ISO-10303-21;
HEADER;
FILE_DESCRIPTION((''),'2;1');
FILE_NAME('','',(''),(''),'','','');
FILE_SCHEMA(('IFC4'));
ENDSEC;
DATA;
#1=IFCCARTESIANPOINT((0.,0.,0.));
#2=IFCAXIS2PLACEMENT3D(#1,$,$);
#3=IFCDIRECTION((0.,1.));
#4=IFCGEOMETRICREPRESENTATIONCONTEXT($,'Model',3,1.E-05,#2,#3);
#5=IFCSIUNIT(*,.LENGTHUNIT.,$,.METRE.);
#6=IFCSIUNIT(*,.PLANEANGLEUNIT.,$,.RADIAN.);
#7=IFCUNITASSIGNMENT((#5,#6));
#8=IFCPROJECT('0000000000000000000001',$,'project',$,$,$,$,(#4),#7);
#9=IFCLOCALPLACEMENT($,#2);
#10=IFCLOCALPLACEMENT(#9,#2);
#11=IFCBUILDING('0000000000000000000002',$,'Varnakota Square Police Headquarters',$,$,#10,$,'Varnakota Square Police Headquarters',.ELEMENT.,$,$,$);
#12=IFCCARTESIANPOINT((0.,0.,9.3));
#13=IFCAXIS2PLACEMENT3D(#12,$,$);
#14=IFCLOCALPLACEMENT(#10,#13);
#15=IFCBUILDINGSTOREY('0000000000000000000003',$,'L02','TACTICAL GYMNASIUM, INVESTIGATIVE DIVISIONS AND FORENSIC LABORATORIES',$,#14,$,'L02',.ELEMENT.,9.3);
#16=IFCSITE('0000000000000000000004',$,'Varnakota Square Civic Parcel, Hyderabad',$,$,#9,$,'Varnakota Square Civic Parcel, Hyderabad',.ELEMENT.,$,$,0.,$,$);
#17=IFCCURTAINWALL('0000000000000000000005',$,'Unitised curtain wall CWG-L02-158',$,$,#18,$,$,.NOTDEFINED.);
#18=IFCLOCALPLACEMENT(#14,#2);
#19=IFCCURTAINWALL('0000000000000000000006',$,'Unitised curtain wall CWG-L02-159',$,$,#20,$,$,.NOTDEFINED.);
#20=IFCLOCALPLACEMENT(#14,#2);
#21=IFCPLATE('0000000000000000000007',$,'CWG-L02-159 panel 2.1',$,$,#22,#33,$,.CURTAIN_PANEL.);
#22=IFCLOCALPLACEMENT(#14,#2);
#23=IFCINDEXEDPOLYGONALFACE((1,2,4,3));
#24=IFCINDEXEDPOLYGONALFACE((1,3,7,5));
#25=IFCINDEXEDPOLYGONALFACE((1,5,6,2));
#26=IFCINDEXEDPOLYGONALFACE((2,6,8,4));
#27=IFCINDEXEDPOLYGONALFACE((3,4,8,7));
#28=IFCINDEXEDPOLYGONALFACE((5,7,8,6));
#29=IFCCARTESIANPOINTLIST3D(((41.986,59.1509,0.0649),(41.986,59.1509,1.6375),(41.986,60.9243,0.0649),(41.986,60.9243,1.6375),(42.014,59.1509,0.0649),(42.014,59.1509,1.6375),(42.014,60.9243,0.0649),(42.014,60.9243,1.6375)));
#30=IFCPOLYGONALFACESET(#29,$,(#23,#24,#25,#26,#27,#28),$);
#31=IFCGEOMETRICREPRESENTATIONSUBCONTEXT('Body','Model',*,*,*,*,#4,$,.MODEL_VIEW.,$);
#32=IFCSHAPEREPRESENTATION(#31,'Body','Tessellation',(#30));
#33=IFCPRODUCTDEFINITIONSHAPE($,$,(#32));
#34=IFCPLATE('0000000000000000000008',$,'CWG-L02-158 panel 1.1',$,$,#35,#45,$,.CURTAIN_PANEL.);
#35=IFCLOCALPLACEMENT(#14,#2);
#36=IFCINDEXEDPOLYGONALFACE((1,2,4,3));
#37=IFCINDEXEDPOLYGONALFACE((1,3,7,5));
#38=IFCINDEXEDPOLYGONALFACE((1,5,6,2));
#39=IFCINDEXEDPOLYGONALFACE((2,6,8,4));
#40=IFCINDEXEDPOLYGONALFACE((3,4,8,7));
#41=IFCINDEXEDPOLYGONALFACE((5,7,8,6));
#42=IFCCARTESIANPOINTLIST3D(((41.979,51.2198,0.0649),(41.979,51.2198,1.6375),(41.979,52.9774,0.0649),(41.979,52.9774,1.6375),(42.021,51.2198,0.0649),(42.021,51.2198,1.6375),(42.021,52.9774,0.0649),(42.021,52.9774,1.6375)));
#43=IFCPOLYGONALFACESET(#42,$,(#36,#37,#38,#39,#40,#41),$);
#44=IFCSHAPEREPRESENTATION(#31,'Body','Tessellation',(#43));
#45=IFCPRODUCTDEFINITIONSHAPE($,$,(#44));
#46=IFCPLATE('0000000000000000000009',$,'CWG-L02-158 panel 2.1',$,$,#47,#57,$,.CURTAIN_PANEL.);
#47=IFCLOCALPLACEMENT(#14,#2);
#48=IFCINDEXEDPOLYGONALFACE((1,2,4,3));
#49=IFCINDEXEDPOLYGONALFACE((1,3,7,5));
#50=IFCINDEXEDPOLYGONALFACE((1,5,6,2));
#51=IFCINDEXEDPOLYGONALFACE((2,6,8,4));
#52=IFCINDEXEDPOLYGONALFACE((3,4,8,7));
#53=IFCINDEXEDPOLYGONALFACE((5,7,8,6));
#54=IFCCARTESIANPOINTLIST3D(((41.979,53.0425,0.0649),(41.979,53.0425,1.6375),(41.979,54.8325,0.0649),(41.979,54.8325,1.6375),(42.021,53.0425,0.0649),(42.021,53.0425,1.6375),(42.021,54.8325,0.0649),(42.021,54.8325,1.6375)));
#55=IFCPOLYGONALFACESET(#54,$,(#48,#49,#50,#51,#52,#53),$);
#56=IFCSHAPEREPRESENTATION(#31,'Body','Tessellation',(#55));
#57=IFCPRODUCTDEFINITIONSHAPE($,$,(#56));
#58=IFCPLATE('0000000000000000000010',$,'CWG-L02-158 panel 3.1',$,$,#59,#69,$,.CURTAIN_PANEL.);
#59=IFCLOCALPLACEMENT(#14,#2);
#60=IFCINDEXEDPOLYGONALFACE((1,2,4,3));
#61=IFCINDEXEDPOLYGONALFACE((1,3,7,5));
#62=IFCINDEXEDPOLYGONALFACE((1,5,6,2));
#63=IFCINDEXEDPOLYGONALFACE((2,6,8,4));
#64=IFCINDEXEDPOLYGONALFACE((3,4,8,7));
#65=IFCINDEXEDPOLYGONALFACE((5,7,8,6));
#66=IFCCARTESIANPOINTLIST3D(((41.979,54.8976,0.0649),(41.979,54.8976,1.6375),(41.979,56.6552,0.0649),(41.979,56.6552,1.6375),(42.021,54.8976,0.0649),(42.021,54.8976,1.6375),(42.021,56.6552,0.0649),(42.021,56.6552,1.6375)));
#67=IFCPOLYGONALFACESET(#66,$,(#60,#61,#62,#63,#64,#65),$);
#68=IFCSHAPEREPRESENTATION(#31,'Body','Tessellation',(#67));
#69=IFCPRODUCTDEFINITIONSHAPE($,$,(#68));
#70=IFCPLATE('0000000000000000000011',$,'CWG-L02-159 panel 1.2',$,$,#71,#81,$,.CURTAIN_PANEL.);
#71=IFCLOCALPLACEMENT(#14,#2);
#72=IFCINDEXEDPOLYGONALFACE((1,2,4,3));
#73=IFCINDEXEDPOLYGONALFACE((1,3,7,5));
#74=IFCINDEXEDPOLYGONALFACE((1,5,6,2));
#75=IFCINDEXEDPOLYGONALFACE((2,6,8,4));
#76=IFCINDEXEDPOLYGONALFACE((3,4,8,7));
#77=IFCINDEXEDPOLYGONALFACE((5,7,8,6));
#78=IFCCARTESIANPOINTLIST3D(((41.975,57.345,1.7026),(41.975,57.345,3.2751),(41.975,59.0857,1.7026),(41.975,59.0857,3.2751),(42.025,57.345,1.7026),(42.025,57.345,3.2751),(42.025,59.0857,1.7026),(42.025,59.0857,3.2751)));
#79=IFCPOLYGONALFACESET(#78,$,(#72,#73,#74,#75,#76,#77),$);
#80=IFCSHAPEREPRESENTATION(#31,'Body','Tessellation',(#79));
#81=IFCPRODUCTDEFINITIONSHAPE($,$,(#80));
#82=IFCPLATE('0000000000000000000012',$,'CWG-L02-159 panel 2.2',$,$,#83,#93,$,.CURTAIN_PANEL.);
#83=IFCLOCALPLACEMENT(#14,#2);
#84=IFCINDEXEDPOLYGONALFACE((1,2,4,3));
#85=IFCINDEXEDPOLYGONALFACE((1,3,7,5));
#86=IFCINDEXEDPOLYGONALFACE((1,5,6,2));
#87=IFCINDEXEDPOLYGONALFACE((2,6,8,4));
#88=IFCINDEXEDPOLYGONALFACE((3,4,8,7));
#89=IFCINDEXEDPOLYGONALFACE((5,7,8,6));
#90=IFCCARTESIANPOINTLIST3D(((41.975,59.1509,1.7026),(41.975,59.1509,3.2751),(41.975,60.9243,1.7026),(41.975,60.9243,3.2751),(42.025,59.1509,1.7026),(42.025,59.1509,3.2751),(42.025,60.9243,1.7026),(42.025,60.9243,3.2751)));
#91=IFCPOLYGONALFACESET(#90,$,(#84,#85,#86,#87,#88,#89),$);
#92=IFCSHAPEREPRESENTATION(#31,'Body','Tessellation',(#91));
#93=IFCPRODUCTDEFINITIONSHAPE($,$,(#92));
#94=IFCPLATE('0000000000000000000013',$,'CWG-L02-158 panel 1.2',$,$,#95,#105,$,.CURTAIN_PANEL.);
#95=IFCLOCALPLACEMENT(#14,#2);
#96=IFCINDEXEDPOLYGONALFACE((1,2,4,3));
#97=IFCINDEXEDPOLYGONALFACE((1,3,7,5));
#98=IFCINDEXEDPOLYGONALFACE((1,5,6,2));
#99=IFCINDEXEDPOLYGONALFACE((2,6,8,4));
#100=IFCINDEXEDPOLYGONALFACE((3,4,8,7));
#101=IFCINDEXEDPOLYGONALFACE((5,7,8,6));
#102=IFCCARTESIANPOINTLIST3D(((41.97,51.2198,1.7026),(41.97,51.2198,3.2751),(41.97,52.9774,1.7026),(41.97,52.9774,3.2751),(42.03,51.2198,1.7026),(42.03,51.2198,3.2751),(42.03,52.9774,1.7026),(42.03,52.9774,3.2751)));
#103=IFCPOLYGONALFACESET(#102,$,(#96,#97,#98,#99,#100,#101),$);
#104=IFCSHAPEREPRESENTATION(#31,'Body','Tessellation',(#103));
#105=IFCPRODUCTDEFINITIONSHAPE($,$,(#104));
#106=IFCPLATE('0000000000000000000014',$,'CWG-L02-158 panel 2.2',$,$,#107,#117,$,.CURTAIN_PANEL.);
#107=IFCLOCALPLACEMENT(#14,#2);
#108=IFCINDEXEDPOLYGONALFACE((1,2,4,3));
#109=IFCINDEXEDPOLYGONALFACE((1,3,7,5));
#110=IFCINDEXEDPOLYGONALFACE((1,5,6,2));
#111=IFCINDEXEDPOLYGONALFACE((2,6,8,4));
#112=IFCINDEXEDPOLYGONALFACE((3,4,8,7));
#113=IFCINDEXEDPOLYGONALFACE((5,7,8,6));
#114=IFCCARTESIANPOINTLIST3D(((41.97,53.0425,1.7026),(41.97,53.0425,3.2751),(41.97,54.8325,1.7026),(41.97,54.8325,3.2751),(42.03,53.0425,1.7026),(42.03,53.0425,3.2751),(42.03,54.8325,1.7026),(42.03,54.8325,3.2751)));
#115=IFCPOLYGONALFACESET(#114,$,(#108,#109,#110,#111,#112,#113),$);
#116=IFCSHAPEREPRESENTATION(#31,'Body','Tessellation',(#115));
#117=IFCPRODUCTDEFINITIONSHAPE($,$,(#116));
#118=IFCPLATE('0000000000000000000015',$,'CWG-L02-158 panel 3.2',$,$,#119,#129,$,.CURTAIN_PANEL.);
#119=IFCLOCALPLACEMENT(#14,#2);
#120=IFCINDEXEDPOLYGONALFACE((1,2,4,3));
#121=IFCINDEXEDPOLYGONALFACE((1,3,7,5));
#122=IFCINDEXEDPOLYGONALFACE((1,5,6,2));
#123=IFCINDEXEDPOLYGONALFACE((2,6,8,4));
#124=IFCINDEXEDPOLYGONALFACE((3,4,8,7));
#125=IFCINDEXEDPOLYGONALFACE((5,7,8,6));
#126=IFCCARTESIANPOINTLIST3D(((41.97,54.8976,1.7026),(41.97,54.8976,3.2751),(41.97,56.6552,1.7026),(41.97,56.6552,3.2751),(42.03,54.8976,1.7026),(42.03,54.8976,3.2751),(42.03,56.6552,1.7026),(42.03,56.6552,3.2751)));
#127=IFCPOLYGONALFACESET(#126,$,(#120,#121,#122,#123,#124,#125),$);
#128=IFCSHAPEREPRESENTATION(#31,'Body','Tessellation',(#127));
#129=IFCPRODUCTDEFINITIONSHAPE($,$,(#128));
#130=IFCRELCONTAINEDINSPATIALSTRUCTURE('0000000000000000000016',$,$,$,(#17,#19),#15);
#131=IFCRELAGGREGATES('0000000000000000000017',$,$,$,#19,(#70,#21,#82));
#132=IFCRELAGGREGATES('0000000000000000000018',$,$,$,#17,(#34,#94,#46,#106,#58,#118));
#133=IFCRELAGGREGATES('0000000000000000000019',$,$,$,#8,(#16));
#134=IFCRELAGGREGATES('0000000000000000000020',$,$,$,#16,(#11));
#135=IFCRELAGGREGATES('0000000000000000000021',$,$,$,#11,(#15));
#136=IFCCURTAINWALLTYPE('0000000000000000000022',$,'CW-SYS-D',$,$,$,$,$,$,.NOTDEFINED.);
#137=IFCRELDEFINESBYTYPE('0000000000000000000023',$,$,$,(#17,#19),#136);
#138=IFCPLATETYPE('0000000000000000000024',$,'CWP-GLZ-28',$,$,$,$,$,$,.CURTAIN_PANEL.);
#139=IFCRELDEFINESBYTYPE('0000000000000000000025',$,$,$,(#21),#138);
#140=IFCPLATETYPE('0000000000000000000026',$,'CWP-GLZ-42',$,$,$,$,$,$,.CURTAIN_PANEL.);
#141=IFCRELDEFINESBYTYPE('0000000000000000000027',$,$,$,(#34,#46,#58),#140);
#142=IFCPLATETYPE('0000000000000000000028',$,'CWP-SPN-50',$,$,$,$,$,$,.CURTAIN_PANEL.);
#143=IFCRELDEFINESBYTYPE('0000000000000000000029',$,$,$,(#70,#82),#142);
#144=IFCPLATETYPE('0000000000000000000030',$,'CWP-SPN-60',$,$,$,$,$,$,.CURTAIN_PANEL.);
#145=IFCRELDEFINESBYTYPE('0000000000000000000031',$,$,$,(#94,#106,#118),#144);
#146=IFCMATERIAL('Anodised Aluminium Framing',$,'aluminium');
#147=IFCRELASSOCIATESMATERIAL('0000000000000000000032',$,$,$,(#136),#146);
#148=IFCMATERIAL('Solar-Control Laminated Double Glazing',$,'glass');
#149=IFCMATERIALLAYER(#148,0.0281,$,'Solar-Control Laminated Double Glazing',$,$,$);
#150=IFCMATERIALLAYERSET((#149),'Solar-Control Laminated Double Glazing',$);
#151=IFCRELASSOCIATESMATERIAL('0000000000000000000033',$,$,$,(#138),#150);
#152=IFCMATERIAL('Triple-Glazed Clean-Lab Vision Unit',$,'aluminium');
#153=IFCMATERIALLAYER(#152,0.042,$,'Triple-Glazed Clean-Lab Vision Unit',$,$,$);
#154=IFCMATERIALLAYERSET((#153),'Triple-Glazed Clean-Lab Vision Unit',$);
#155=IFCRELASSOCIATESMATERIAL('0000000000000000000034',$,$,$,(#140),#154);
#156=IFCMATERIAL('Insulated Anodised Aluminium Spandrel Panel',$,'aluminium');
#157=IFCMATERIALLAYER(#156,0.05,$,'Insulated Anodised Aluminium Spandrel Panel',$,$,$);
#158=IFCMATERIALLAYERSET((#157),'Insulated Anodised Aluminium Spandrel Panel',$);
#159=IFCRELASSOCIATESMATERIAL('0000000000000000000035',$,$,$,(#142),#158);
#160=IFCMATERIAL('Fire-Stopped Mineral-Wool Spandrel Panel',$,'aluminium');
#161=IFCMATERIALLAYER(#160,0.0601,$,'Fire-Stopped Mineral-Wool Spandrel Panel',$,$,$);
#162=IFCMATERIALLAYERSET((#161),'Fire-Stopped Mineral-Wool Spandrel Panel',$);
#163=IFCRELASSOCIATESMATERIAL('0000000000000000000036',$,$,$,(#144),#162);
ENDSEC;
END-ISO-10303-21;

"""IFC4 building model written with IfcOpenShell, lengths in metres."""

from ifc_helpers import new_model, si_unit, direction, frame, origin, origin_2d, place, context, subcontext, project, spatial, rectangle, extrude, material, layer, layer_set, type_object, element, aggregate, save


model = new_model("IFC4")

# Units and contexts
model_context = context("Model", 3, precision=1e-05, world=origin(), true_north=direction((0.0, 1.0)))
body_context = subcontext(model_context, "Body", "Model", "MODEL_VIEW")
ifc_project = project(units=[si_unit("LENGTHUNIT", "METRE"), si_unit("PLANEANGLEUNIT", "RADIAN")], contexts=[model_context])

# Site, building, storey
site_placement = place(None, origin())
site = spatial("IfcSite", under=ifc_project, at=site_placement, Name="Varnakota Square Civic Parcel, Hyderabad", LongName="Varnakota Square Civic Parcel, Hyderabad", CompositionType="ELEMENT", RefElevation=0.0)
building_placement = place(site_placement, origin())
building = spatial("IfcBuilding", under=site, at=building_placement, Name="Varnakota Square Police Headquarters", LongName="Varnakota Square Police Headquarters", CompositionType="ELEMENT")
storey_placement = place(building_placement, frame((0.0, 0.0, 9.3)))
storey = spatial("IfcBuildingStorey", under=building, at=storey_placement, Name="L02", Description="TACTICAL GYMNASIUM, INVESTIGATIVE DIVISIONS AND FORENSIC LABORATORIES", LongName="L02", CompositionType="ELEMENT", Elevation=9.3)

# Curtain walls
ifc_material_1 = material(Name="Anodised Aluminium Framing", Category="aluminium")
curtain_wall_type = type_object("IfcCurtainWallType", Name="CW-SYS-D", PredefinedType="NOTDEFINED", material=ifc_material_1)
curtain_wall_1_placement = place(storey_placement, origin())
curtain_wall_1 = element("IfcCurtainWall", 1, at=curtain_wall_1_placement, inside=storey, type_object=curtain_wall_type, Name="Unitised curtain wall CWG-L02-158", PredefinedType="NOTDEFINED")
curtain_wall_2_placement = place(storey_placement, origin())
curtain_wall_2 = element("IfcCurtainWall", 2, at=curtain_wall_2_placement, inside=storey, type_object=curtain_wall_type, Name="Unitised curtain wall CWG-L02-159", PredefinedType="NOTDEFINED")

# Plates
ifc_material_2 = material(Name="Solar-Control Laminated Double Glazing", Category="glass")
ifc_layer_1 = layer(ifc_material_2, 0.0281, Name="Solar-Control Laminated Double Glazing")
ifc_layer_set_1 = layer_set([ifc_layer_1], Name="Solar-Control Laminated Double Glazing")
plate_type_1 = type_object("IfcPlateType", Name="CWP-GLZ-28", PredefinedType="CURTAIN_PANEL", material=ifc_layer_set_1)
plate_1_placement = place(storey_placement, frame((42.0, 60.0376, 0.0649), z_axis=(0.0, 0.0, 1.0), x_axis=(0.0, 1.0, 0.0)))
plate_1 = element("IfcPlate", 3, at=plate_1_placement, type_object=plate_type_1, Name="CWG-L02-159 panel 2.1", PredefinedType="CURTAIN_PANEL", context=body_context, shape_type="SweptSolid", body=[
    extrude(rectangle(XDim=1.7734, YDim=0.0281, at=origin_2d()), origin(), (0.0, 0.0, 1.0), 1.5725),
])
ifc_material_3 = material(Name="Triple-Glazed Clean-Lab Vision Unit", Category="aluminium")
ifc_layer_2 = layer(ifc_material_3, 0.042, Name="Triple-Glazed Clean-Lab Vision Unit")
ifc_layer_set_2 = layer_set([ifc_layer_2], Name="Triple-Glazed Clean-Lab Vision Unit")
plate_type_2 = type_object("IfcPlateType", Name="CWP-GLZ-42", PredefinedType="CURTAIN_PANEL", material=ifc_layer_set_2)
plate_2_placement = place(storey_placement, frame((42.0, 52.0986, 0.0649), z_axis=(0.0, 0.0, 1.0), x_axis=(0.0, 1.0, 0.0)))
plate_2 = element("IfcPlate", 4, at=plate_2_placement, type_object=plate_type_2, Name="CWG-L02-158 panel 1.1", PredefinedType="CURTAIN_PANEL", context=body_context, shape_type="SweptSolid", body=[
    extrude(rectangle(XDim=1.7576, YDim=0.042, at=origin_2d()), origin(), (0.0, 0.0, 1.0), 1.5725),
])
plate_3_placement = place(storey_placement, frame((42.0, 53.9375, 0.0649), z_axis=(0.0, 0.0, 1.0), x_axis=(0.0, 1.0, 0.0)))
plate_3 = element("IfcPlate", 5, at=plate_3_placement, type_object=plate_type_2, Name="CWG-L02-158 panel 2.1", PredefinedType="CURTAIN_PANEL", context=body_context, shape_type="SweptSolid", body=[
    extrude(rectangle(XDim=1.79, YDim=0.042, at=origin_2d()), origin(), (0.0, 0.0, 1.0), 1.5725),
])
plate_4_placement = place(storey_placement, frame((42.0, 55.7764, 0.0649), z_axis=(0.0, 0.0, 1.0), x_axis=(0.0, 1.0, 0.0)))
plate_4 = element("IfcPlate", 6, at=plate_4_placement, type_object=plate_type_2, Name="CWG-L02-158 panel 3.1", PredefinedType="CURTAIN_PANEL", context=body_context, shape_type="SweptSolid", body=[
    extrude(rectangle(XDim=1.7576, YDim=0.042, at=origin_2d()), origin(), (0.0, 0.0, 1.0), 1.5725),
])
ifc_material_4 = material(Name="Insulated Anodised Aluminium Spandrel Panel", Category="aluminium")
ifc_layer_3 = layer(ifc_material_4, 0.05, Name="Insulated Anodised Aluminium Spandrel Panel")
ifc_layer_set_3 = layer_set([ifc_layer_3], Name="Insulated Anodised Aluminium Spandrel Panel")
plate_type_3 = type_object("IfcPlateType", Name="CWP-SPN-50", PredefinedType="CURTAIN_PANEL", material=ifc_layer_set_3)
plate_5_placement = place(storey_placement, frame((42.0, 58.2153, 1.7026), z_axis=(0.0, 0.0, 1.0), x_axis=(0.0, 1.0, 0.0)))
plate_5 = element("IfcPlate", 7, at=plate_5_placement, type_object=plate_type_3, Name="CWG-L02-159 panel 1.2", PredefinedType="CURTAIN_PANEL", context=body_context, shape_type="SweptSolid", body=[
    extrude(rectangle(XDim=1.7407, YDim=0.05, at=origin_2d()), origin(), (0.0, 0.0, 1.0), 1.5725),
])
plate_6_placement = place(storey_placement, frame((42.0, 60.0376, 1.7026), z_axis=(0.0, 0.0, 1.0), x_axis=(0.0, 1.0, 0.0)))
plate_6 = element("IfcPlate", 8, at=plate_6_placement, type_object=plate_type_3, Name="CWG-L02-159 panel 2.2", PredefinedType="CURTAIN_PANEL", context=body_context, shape_type="SweptSolid", body=[
    extrude(rectangle(XDim=1.7734, YDim=0.05, at=origin_2d()), origin(), (0.0, 0.0, 1.0), 1.5725),
])
aggregate(curtain_wall_2, [plate_5, plate_1, plate_6])
ifc_material_5 = material(Name="Fire-Stopped Mineral-Wool Spandrel Panel", Category="aluminium")
ifc_layer_4 = layer(ifc_material_5, 0.0601, Name="Fire-Stopped Mineral-Wool Spandrel Panel")
ifc_layer_set_4 = layer_set([ifc_layer_4], Name="Fire-Stopped Mineral-Wool Spandrel Panel")
plate_type_4 = type_object("IfcPlateType", Name="CWP-SPN-60", PredefinedType="CURTAIN_PANEL", material=ifc_layer_set_4)
plate_7_placement = place(storey_placement, frame((42.0, 52.0986, 1.7026), z_axis=(0.0, 0.0, 1.0), x_axis=(0.0, 1.0, 0.0)))
plate_7 = element("IfcPlate", 9, at=plate_7_placement, type_object=plate_type_4, Name="CWG-L02-158 panel 1.2", PredefinedType="CURTAIN_PANEL", context=body_context, shape_type="SweptSolid", body=[
    extrude(rectangle(XDim=1.7576, YDim=0.0601, at=origin_2d()), origin(), (0.0, 0.0, 1.0), 1.5725),
])
plate_8_placement = place(storey_placement, frame((42.0, 53.9375, 1.7026), z_axis=(0.0, 0.0, 1.0), x_axis=(0.0, 1.0, 0.0)))
plate_8 = element("IfcPlate", 10, at=plate_8_placement, type_object=plate_type_4, Name="CWG-L02-158 panel 2.2", PredefinedType="CURTAIN_PANEL", context=body_context, shape_type="SweptSolid", body=[
    extrude(rectangle(XDim=1.79, YDim=0.0601, at=origin_2d()), origin(), (0.0, 0.0, 1.0), 1.5725),
])
plate_9_placement = place(storey_placement, frame((42.0, 55.7764, 1.7026), z_axis=(0.0, 0.0, 1.0), x_axis=(0.0, 1.0, 0.0)))
plate_9 = element("IfcPlate", 11, at=plate_9_placement, type_object=plate_type_4, Name="CWG-L02-158 panel 3.2", PredefinedType="CURTAIN_PANEL", context=body_context, shape_type="SweptSolid", body=[
    extrude(rectangle(XDim=1.7576, YDim=0.0601, at=origin_2d()), origin(), (0.0, 0.0, 1.0), 1.5725),
])
aggregate(curtain_wall_1, [plate_2, plate_7, plate_3, plate_8, plate_4, plate_9])

save(model, "model.ifc")
